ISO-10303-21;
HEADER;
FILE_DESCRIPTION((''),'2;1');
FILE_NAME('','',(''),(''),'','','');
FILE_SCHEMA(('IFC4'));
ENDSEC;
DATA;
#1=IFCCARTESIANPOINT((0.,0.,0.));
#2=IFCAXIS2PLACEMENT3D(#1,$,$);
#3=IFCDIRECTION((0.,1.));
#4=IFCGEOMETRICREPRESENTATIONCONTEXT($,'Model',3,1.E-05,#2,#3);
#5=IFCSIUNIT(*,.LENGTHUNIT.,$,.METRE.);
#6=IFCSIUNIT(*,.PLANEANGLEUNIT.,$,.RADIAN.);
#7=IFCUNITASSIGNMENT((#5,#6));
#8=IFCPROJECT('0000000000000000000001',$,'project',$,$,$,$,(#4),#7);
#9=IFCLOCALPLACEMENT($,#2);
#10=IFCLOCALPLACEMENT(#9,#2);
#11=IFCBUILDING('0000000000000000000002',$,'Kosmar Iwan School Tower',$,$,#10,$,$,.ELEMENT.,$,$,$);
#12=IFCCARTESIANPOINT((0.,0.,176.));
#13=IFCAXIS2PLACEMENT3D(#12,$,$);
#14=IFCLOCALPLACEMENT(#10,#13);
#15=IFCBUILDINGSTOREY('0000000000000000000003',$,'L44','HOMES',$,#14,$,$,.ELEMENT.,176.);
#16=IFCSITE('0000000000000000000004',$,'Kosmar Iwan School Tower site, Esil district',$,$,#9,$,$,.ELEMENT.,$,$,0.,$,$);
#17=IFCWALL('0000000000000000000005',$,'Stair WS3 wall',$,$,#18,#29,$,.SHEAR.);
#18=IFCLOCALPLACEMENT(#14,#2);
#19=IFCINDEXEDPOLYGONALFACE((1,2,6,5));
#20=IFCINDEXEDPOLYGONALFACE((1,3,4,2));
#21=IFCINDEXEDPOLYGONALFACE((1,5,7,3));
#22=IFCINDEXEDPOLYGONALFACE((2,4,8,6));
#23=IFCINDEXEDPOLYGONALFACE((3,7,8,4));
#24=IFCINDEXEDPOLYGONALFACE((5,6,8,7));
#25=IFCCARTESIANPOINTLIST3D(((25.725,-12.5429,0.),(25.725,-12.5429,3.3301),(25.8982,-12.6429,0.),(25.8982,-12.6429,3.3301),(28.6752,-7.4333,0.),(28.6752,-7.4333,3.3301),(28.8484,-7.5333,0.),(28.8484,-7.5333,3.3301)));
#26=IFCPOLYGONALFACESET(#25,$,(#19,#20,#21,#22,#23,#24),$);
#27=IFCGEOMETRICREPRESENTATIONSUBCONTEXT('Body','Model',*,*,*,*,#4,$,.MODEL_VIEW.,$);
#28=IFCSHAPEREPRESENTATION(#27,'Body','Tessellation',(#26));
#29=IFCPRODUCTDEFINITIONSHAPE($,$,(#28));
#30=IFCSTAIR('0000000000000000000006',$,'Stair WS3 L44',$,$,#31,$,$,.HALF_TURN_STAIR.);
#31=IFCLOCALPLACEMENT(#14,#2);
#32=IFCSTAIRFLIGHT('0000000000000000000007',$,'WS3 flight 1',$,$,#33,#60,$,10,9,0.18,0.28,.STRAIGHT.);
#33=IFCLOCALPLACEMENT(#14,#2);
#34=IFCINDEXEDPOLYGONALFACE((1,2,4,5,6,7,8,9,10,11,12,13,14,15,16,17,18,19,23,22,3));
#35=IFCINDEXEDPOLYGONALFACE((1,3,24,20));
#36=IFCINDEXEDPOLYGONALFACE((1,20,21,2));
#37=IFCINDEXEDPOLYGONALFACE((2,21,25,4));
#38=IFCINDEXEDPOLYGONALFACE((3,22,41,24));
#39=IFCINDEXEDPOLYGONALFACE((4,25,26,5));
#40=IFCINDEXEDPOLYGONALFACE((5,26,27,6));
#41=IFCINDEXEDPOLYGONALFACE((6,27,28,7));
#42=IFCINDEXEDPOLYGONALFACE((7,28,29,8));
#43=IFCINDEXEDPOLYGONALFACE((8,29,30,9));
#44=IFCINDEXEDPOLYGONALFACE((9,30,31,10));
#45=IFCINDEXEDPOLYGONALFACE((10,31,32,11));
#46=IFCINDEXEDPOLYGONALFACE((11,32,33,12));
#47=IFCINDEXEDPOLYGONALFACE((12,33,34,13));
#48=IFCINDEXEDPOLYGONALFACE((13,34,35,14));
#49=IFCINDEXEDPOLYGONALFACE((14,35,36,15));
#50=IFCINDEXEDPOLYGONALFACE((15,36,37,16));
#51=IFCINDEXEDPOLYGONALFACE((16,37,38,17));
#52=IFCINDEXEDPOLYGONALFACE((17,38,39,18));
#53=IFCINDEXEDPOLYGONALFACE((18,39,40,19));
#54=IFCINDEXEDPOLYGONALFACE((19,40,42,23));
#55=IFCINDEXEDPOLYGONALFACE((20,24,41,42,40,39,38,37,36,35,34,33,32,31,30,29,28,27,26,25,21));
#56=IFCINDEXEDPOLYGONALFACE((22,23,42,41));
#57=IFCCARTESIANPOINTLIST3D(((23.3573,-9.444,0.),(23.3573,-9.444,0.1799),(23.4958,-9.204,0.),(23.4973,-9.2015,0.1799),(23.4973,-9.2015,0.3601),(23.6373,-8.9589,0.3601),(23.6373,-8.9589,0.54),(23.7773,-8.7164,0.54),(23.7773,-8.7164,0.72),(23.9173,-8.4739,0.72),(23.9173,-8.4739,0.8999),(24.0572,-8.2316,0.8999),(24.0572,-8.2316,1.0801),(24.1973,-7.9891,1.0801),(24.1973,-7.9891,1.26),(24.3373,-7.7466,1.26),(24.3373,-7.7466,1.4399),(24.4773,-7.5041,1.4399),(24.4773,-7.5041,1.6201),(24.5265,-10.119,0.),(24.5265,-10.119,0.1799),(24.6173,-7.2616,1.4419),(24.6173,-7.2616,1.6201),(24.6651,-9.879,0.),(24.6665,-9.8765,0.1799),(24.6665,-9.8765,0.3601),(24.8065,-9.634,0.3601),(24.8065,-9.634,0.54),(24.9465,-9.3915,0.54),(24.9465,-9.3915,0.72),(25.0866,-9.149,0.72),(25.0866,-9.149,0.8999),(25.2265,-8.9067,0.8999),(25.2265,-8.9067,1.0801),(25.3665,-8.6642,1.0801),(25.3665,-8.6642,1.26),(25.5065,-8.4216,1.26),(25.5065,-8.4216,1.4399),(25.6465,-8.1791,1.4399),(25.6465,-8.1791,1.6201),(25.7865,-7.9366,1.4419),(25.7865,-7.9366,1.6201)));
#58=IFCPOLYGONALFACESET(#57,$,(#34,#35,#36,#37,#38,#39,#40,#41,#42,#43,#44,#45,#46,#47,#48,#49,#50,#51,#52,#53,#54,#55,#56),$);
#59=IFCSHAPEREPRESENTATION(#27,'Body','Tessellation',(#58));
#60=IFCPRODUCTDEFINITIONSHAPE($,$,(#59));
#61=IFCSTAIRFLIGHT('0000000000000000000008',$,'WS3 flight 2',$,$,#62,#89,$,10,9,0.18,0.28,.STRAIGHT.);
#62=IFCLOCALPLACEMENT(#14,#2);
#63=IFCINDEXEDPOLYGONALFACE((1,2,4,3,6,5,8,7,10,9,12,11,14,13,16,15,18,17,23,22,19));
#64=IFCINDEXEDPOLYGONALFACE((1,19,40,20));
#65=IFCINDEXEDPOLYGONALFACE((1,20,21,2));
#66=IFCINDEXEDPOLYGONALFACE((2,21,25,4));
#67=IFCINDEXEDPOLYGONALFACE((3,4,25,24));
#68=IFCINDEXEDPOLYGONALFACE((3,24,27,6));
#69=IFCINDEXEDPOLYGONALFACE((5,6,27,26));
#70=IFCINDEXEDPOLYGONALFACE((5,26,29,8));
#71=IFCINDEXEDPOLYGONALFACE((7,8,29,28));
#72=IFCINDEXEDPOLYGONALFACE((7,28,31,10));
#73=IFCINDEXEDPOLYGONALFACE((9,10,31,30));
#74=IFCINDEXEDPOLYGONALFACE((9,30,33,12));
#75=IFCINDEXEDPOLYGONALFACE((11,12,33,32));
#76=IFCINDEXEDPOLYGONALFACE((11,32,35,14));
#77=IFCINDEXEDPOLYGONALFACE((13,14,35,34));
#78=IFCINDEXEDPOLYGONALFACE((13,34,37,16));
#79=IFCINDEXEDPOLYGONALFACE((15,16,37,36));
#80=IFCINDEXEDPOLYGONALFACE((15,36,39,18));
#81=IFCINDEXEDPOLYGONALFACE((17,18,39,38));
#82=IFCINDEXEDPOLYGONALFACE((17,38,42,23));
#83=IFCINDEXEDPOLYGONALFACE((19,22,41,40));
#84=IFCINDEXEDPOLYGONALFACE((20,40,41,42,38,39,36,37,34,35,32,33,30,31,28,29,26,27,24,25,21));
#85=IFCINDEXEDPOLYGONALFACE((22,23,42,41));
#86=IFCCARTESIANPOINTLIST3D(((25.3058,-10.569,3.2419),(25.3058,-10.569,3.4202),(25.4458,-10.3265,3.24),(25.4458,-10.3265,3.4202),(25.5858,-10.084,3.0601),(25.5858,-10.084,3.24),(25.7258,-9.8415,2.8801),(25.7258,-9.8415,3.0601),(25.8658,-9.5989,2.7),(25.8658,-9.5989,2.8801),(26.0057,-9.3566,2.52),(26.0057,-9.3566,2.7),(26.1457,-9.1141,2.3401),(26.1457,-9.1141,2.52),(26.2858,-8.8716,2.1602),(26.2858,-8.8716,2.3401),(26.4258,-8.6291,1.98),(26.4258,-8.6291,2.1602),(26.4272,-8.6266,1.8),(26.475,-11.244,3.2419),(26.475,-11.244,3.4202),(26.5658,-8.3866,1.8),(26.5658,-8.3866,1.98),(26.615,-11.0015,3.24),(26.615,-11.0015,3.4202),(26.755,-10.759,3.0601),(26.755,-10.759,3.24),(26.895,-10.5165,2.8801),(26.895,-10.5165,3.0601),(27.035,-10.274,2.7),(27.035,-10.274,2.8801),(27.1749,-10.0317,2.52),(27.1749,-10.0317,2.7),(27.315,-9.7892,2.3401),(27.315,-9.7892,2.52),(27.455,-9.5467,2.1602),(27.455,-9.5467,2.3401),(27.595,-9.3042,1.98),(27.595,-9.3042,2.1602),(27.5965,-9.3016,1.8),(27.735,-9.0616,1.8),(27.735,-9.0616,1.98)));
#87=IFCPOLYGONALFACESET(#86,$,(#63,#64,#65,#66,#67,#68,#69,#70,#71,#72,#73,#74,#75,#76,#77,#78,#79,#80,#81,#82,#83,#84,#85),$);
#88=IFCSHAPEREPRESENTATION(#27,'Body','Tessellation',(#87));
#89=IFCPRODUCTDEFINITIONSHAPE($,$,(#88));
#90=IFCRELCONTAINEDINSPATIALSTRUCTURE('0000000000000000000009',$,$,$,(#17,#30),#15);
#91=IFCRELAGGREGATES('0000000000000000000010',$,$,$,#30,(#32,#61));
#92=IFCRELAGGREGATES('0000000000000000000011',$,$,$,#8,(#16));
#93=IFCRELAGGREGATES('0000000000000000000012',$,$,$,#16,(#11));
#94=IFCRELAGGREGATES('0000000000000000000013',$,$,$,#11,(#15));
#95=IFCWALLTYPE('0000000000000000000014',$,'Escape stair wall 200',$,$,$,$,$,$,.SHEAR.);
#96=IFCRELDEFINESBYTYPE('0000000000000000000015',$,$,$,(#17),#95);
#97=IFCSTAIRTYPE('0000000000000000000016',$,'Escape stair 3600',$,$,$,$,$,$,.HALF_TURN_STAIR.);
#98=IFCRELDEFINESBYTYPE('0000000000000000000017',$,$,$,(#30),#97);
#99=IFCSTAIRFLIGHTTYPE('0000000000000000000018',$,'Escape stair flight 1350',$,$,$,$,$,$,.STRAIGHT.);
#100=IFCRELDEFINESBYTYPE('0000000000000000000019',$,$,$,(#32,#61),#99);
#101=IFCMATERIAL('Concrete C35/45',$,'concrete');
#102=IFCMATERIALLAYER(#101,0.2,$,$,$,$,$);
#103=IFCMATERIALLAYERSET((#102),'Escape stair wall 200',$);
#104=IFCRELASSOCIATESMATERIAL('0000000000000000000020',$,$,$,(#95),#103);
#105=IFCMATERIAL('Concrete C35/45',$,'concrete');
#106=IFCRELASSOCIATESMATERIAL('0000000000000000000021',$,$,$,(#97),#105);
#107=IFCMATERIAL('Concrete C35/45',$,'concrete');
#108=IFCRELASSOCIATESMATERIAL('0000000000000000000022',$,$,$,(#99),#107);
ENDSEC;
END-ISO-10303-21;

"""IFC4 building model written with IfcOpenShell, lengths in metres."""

from ifc_helpers import new_model, si_unit, direction, frame, frame_2d, origin, place, context, subcontext, project, spatial, polyline, rectangle, outline, extrude, material, layer, layer_set, type_object, element, aggregate, save


model = new_model("IFC4")

# Units and contexts
model_context = context("Model", 3, precision=1e-05, world=origin(), true_north=direction((0.0, 1.0)))
body_context = subcontext(model_context, "Body", "Model", "MODEL_VIEW")
ifc_project = project(units=[si_unit("LENGTHUNIT", "METRE"), si_unit("PLANEANGLEUNIT", "RADIAN")], contexts=[model_context])

# Site, building, storey
site_placement = place(None, origin())
site = spatial("IfcSite", under=ifc_project, at=site_placement, Name="Kosmar Iwan School Tower site, Esil district", CompositionType="ELEMENT", RefElevation=0.0)
building_placement = place(site_placement, origin())
building = spatial("IfcBuilding", under=site, at=building_placement, Name="Kosmar Iwan School Tower", CompositionType="ELEMENT")
storey_placement = place(building_placement, frame((0.0, 0.0, 176.0)))
storey = spatial("IfcBuildingStorey", under=building, at=storey_placement, Name="L44", Description="HOMES", CompositionType="ELEMENT", Elevation=176.0)

# Wall
ifc_material_1 = material(Name="Concrete C35/45", Category="concrete")
ifc_layer_1 = layer(ifc_material_1, 0.2)
ifc_layer_set_1 = layer_set([ifc_layer_1], Name="Escape stair wall 200")
wall_type_1 = type_object("IfcWallType", Name="Escape stair wall 200", PredefinedType="SHEAR", material=ifc_layer_set_1)
wall_1_placement = place(storey_placement, frame((25.8115, -12.593, 0.0), z_axis=(0.0, 0.0, 1.0), x_axis=(0.50002, 0.866014, 0.0)))
element("IfcWall", 1, at=wall_1_placement, inside=storey, type_object=wall_type_1, Name="Stair WS3 wall", PredefinedType="SHEAR", context=body_context, shape_type="SweptSolid", body=[
    extrude(rectangle(XDim=5.9001, YDim=0.2, at=frame_2d((2.9502, 0.0))), origin(), (0.0, 0.0, 1.0), 3.3301),
])

# Stair, stair flights
ifc_material_2 = material(Name="Concrete C35/45", Category="concrete")
stair_type = type_object("IfcStairType", Name="Escape stair 3600", PredefinedType="HALF_TURN_STAIR", material=ifc_material_2)
stair_placement = place(storey_placement, origin())
stair = element("IfcStair", 2, at=stair_placement, inside=storey, type_object=stair_type, Name="Stair WS3 L44", PredefinedType="HALF_TURN_STAIR")
ifc_material_3 = material(Name="Concrete C35/45", Category="concrete")
stair_flight_type = type_object("IfcStairFlightType", Name="Escape stair flight 1350", PredefinedType="STRAIGHT", material=ifc_material_3)
stair_flight_1_placement = place(storey_placement, frame((23.9419, -9.7815, 0.0), z_axis=(0.0, 0.0, 1.0), x_axis=(0.5, 0.866025, 0.0)))
stair_flight_1 = element("IfcStairFlight", 3, at=stair_flight_1_placement, type_object=stair_flight_type, Name="WS3 flight 1", NumberOfRisers=10, NumberOfTreads=9, PredefinedType="STRAIGHT", RiserHeight=0.18, TreadLength=0.28, context=body_context, shape_type="SweptSolid", body=[
    extrude(outline(polyline([(0.0, 0.0), (0.0, 0.1799), (0.28, 0.1799), (0.28, 0.3601), (0.5601, 0.3601), (0.5601, 0.54), (0.8401, 0.54), (0.8401, 0.72), (1.1201, 0.72), (1.1201, 0.8999), (1.3999, 0.8999), (1.3999, 1.0801), (1.6799, 1.0801), (1.6799, 1.26), (1.96, 1.26), (1.96, 1.4399), (2.24, 1.4399), (2.24, 1.6201), (2.52, 1.6201), (2.52, 1.8), (2.52, 1.4419), (0.2771, 0.0), (0.0, 0.0)])), frame((0.0, 0.675, 0.0), z_axis=(0.0, -1.0, 0.0), x_axis=(1.0, 0.0, 0.0)), (0.0, 0.0, 1.0), 1.3501),
])
stair_flight_2_placement = place(storey_placement, frame((27.1504, -8.7241, 1.8), z_axis=(0.0, 0.0, 1.0), x_axis=(-0.5, -0.866025, 0.0)))
stair_flight_2 = element("IfcStairFlight", 4, at=stair_flight_2_placement, type_object=stair_flight_type, Name="WS3 flight 2", NumberOfRisers=10, NumberOfTreads=9, PredefinedType="STRAIGHT", RiserHeight=0.18, TreadLength=0.28, context=body_context, shape_type="SweptSolid", body=[
    extrude(outline(polyline([(0.0, 0.0), (0.0, 0.1799), (0.28, 0.1799), (0.28, 0.3601), (0.5601, 0.3601), (0.5601, 0.54), (0.8401, 0.54), (0.8401, 0.72), (1.1201, 0.72), (1.1201, 0.8999), (1.3999, 0.8999), (1.3999, 1.0801), (1.6799, 1.0801), (1.6799, 1.26), (1.96, 1.26), (1.96, 1.4399), (2.24, 1.4399), (2.24, 1.6201), (2.52, 1.6201), (2.52, 1.8), (2.52, 1.4419), (0.2771, 0.0), (0.0, 0.0)])), frame((0.0, 0.675, 0.0), z_axis=(0.0, -1.0, 0.0), x_axis=(1.0, 0.0, 0.0)), (0.0, 0.0, 1.0), 1.3501),
])
aggregate(stair, [stair_flight_1, stair_flight_2])

save(model, "model.ifc")
